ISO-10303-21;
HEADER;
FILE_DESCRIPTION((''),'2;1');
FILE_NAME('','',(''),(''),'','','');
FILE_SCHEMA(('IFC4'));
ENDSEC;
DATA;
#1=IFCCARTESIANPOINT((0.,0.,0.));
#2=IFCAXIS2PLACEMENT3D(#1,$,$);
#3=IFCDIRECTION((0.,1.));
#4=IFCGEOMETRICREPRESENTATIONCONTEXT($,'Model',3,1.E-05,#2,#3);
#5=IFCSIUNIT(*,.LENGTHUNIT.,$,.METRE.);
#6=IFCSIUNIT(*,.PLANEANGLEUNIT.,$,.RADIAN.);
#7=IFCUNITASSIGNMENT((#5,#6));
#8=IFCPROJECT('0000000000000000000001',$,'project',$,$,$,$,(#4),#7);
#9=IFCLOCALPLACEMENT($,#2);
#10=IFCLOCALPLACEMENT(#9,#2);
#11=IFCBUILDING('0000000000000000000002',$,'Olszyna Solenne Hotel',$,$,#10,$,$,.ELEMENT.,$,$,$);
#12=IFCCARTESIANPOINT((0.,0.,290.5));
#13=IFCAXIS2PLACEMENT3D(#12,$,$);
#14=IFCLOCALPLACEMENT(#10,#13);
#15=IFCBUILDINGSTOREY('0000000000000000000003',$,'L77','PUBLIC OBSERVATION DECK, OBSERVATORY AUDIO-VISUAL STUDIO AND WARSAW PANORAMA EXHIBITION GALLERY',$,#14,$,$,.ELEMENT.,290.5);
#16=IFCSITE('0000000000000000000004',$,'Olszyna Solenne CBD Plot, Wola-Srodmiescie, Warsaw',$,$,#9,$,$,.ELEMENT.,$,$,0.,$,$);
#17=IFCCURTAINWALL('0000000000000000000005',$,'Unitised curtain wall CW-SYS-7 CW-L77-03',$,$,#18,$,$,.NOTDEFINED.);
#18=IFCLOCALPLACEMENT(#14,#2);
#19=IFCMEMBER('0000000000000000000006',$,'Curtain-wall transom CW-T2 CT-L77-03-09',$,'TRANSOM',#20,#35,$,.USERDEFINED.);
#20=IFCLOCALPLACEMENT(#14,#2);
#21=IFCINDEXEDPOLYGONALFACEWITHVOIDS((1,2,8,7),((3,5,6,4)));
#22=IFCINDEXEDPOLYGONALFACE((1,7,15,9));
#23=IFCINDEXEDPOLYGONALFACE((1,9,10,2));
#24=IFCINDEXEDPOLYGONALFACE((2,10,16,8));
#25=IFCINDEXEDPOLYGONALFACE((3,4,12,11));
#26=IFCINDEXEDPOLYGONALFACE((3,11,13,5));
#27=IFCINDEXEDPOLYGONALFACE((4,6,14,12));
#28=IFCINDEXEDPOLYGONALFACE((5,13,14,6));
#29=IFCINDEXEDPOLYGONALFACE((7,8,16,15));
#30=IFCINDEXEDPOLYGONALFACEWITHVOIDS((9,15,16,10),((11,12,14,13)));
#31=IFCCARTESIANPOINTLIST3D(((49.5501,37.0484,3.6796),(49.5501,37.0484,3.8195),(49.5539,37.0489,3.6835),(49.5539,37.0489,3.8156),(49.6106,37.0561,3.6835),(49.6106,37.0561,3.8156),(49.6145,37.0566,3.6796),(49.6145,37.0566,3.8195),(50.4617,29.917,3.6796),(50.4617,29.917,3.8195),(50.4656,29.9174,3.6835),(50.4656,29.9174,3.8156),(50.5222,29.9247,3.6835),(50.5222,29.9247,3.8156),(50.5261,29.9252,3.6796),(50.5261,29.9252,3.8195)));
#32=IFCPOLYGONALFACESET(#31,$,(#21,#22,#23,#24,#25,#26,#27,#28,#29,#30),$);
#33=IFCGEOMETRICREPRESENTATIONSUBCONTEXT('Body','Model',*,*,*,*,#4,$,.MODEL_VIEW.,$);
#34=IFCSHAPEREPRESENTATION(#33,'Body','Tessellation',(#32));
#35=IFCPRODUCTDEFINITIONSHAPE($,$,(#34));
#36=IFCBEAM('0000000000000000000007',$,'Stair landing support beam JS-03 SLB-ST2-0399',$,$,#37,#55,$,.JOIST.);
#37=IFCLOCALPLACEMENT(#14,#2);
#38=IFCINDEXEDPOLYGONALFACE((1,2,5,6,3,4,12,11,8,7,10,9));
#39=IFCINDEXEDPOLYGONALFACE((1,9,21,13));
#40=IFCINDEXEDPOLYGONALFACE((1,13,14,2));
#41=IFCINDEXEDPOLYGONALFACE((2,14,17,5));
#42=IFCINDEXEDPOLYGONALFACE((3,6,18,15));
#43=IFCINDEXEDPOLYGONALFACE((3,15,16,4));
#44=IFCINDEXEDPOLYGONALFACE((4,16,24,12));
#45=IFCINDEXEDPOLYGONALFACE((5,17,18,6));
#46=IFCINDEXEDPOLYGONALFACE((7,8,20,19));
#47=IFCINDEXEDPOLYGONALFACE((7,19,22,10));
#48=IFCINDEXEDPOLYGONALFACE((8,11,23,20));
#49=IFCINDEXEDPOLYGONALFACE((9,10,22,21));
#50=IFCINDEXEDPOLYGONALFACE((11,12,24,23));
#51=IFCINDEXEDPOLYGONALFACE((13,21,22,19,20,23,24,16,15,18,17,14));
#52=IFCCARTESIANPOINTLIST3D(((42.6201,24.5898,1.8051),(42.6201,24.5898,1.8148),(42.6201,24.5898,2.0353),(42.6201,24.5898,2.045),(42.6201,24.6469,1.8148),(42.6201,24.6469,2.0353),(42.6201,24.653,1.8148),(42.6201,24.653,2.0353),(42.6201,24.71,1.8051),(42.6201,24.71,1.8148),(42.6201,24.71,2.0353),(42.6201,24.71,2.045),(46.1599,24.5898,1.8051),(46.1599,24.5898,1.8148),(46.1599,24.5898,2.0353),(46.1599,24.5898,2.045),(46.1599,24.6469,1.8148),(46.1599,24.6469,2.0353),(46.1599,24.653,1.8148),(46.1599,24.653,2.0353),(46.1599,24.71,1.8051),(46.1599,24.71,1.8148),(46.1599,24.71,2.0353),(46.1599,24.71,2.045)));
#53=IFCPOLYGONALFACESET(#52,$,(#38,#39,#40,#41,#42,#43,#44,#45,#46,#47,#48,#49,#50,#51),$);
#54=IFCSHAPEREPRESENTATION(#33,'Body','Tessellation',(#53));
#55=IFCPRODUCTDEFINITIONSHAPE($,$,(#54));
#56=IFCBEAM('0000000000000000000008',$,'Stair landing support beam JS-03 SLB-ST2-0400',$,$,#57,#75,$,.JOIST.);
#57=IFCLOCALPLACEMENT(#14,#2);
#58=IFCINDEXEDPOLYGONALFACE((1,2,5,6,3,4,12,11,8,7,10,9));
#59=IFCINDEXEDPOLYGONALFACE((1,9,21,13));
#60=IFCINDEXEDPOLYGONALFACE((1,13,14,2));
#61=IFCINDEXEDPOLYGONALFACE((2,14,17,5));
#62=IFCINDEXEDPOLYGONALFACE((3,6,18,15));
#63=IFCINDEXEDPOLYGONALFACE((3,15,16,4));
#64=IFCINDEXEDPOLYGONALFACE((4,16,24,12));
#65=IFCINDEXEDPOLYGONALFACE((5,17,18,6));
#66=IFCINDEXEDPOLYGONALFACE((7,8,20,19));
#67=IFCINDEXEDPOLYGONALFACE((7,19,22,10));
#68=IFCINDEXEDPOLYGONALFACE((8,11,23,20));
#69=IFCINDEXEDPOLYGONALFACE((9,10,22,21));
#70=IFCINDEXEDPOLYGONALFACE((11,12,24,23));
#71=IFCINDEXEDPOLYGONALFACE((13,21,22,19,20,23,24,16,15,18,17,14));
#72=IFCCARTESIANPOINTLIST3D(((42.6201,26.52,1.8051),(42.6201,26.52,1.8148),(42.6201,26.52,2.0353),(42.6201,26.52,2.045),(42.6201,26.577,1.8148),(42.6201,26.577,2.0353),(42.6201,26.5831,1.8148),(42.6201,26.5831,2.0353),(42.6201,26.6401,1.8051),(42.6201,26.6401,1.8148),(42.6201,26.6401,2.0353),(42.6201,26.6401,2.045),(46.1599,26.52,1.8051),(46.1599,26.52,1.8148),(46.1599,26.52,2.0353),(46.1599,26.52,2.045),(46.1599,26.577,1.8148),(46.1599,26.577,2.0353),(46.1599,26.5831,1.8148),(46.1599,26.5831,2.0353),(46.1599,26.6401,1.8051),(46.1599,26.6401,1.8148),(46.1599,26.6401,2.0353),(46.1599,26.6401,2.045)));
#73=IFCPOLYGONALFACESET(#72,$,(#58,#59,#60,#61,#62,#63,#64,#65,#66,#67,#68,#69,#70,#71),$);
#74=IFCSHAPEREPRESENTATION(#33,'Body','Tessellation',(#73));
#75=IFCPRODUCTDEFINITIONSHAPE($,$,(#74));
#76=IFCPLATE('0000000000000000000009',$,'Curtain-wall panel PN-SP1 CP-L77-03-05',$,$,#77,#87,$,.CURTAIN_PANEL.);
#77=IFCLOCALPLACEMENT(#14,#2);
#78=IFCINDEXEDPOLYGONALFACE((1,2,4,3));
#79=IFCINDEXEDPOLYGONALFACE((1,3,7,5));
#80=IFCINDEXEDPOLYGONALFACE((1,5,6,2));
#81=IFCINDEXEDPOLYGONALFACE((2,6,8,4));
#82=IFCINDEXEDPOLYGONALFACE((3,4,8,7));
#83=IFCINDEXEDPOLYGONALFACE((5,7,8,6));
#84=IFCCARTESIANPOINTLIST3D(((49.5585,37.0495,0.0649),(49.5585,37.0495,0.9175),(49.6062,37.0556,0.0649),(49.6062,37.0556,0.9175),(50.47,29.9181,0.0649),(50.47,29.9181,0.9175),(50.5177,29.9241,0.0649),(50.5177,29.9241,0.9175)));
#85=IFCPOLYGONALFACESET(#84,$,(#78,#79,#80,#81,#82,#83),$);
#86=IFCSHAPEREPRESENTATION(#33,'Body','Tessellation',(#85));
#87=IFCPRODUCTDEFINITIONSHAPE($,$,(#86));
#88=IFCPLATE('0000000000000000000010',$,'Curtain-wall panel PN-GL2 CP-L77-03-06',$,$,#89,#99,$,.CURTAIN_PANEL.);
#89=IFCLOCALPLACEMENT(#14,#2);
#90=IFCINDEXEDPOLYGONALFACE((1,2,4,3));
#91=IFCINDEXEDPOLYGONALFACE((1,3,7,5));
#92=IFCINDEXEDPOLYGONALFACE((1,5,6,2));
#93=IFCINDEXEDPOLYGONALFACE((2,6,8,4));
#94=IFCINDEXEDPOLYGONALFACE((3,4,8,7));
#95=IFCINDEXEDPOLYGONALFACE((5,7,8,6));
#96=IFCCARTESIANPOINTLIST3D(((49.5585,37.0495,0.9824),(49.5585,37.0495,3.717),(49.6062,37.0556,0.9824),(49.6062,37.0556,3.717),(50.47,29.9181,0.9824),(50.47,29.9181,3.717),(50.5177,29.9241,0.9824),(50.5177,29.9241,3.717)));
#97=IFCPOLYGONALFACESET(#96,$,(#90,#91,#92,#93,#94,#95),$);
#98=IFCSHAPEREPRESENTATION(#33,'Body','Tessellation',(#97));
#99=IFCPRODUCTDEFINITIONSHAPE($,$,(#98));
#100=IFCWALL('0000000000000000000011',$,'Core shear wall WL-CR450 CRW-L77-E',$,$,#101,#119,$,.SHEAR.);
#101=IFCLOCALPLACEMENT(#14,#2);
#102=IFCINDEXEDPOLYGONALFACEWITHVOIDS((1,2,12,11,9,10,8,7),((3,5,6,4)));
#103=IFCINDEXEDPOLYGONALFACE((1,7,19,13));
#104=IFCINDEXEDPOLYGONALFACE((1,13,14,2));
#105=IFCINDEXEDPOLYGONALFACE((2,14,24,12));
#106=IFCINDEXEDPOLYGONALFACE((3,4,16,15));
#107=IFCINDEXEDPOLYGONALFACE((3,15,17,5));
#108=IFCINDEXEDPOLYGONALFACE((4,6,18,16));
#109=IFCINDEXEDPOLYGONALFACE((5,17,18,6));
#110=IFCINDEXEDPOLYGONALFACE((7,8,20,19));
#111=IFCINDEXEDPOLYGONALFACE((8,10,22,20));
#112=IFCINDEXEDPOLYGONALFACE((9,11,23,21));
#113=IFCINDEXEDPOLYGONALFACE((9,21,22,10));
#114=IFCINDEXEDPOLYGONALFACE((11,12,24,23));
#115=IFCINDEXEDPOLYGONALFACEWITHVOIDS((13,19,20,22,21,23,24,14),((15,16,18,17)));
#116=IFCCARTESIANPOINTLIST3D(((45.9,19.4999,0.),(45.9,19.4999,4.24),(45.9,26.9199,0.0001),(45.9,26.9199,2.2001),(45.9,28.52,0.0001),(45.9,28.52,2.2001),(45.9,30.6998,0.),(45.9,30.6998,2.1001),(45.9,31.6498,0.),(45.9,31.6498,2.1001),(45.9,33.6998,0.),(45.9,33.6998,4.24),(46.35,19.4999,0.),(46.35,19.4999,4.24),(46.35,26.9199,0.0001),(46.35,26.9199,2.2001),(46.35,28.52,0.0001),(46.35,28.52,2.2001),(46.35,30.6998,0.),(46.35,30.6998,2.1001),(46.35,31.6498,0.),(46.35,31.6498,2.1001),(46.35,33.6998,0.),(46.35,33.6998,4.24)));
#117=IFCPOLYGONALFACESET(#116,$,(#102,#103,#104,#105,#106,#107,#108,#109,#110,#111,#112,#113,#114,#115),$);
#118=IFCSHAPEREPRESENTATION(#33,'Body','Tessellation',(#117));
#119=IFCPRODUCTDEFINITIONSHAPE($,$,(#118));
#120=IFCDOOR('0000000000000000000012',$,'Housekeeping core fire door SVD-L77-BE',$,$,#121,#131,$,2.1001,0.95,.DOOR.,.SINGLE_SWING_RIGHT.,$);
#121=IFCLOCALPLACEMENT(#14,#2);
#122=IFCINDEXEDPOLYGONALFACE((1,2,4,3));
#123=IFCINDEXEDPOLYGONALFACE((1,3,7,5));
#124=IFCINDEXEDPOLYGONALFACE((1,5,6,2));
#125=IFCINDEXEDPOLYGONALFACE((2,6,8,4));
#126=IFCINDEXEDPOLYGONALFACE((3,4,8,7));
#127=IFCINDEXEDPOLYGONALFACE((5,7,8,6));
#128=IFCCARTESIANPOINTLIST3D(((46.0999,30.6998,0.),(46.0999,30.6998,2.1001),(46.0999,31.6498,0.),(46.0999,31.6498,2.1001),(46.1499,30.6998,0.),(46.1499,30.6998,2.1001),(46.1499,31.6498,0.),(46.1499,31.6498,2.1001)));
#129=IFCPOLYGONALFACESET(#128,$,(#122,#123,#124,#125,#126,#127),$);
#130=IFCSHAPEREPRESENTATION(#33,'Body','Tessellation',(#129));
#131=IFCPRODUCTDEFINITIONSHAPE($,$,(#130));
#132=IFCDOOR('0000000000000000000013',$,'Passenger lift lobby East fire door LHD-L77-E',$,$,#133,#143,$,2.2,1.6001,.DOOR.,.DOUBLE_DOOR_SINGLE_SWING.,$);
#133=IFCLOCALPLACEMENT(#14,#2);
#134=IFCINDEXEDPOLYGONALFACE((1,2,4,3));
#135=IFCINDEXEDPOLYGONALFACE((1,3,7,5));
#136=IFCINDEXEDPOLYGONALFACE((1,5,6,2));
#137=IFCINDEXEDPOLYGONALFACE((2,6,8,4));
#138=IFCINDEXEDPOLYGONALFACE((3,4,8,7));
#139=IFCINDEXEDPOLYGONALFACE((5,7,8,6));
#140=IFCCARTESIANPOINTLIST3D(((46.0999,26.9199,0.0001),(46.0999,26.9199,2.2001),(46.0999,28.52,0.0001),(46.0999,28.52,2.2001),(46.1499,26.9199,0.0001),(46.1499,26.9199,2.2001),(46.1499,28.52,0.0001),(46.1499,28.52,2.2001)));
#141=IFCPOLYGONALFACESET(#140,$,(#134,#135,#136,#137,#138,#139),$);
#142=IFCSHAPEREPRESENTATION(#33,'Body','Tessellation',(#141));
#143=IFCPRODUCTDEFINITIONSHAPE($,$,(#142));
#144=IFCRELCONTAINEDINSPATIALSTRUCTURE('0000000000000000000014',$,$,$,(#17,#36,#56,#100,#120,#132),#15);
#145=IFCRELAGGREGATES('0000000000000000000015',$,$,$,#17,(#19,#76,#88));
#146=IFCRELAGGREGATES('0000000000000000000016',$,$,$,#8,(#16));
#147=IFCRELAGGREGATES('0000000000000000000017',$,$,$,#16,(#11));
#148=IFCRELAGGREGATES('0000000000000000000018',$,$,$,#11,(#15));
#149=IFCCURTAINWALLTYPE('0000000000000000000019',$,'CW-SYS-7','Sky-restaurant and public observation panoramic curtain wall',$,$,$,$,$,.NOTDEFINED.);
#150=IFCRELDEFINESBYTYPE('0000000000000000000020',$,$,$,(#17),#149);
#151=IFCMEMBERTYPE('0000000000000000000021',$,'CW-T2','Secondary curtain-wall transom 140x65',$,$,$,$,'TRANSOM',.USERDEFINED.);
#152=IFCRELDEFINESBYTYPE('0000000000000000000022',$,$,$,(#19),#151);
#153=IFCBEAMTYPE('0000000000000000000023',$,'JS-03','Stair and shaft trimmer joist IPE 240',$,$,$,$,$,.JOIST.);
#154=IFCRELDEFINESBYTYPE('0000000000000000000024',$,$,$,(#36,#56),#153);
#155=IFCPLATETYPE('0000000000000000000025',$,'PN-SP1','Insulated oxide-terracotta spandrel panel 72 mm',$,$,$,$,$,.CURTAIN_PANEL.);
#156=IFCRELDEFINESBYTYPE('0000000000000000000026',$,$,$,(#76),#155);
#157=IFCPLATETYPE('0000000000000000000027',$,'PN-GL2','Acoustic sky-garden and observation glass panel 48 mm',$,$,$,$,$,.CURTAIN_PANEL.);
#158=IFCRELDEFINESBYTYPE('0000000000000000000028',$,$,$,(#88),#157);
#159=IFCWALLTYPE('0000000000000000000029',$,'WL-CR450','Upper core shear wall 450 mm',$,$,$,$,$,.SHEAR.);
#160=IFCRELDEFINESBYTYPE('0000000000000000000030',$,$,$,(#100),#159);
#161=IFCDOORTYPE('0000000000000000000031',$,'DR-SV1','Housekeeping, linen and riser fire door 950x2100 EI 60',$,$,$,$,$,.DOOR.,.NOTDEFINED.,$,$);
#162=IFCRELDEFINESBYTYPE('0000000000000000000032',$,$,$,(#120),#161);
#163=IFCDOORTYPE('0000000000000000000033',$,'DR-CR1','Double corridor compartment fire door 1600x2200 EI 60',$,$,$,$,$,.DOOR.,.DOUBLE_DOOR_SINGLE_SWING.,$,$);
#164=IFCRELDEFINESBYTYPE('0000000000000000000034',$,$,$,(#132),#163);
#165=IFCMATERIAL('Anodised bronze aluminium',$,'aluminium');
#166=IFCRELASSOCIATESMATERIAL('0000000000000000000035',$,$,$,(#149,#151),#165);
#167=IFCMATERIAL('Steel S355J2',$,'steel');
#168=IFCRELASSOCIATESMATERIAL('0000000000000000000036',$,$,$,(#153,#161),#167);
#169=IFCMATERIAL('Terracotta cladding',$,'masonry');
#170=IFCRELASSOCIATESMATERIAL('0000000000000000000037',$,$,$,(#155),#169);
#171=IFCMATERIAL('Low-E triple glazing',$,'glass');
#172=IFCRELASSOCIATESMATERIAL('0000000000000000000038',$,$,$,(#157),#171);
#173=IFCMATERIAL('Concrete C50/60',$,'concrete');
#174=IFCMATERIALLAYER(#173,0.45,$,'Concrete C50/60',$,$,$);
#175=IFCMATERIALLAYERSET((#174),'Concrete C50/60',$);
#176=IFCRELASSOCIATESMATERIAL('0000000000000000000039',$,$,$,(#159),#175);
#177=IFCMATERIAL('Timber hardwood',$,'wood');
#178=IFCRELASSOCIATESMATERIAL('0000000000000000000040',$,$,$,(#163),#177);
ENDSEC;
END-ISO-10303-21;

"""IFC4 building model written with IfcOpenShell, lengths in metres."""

from ifc_helpers import new_model, si_unit, direction, frame, frame_2d, origin, origin_2d, place, context, subcontext, project, spatial, rectangle, hollow_rectangle, i_section, extrude, source, transform, mapped, material, layer, layer_set, material_profile, profile_set, type_object, type_shapes, element, fill, aggregate, save


model = new_model("IFC4")

# Units and contexts
model_context = context("Model", 3, precision=1e-05, world=origin(), true_north=direction((0.0, 1.0)))
body_context = subcontext(model_context, "Body", "Model", "MODEL_VIEW")
ifc_project = project(units=[si_unit("LENGTHUNIT", "METRE"), si_unit("PLANEANGLEUNIT", "RADIAN")], contexts=[model_context])

# Site, building, storey
site_placement = place(None, origin())
site = spatial("IfcSite", under=ifc_project, at=site_placement, Name="Olszyna Solenne CBD Plot, Wola-Srodmiescie, Warsaw", CompositionType="ELEMENT", RefElevation=0.0)
building_placement = place(site_placement, origin())
building = spatial("IfcBuilding", under=site, at=building_placement, Name="Olszyna Solenne Hotel", CompositionType="ELEMENT")
storey_placement = place(building_placement, frame((0.0, 0.0, 290.5)))
storey = spatial("IfcBuildingStorey", under=building, at=storey_placement, Name="L77", Description="PUBLIC OBSERVATION DECK, OBSERVATORY AUDIO-VISUAL STUDIO AND WARSAW PANORAMA EXHIBITION GALLERY", CompositionType="ELEMENT", Elevation=290.5)

# Shared definitions
ifc_material_1 = material(Name="Steel S355J2", Category="steel")

# Curtain wall, member
ifc_material_2 = material(Name="Anodised bronze aluminium", Category="aluminium")
curtain_wall_type = type_object("IfcCurtainWallType", Name="CW-SYS-7", Description="Sky-restaurant and public observation panoramic curtain wall", PredefinedType="NOTDEFINED", material=ifc_material_2)
curtain_wall_placement = place(storey_placement, origin())
curtain_wall = element("IfcCurtainWall", 1, at=curtain_wall_placement, inside=storey, type_object=curtain_wall_type, Name="Unitised curtain wall CW-SYS-7 CW-L77-03", PredefinedType="NOTDEFINED")
ifc_material_profile_1 = material_profile(ifc_material_2, hollow_rectangle(XDim=0.0649, YDim=0.1399, WallThickness=0.0039, at=origin_2d()), Name="TRAN 140x65x4", Category="load-bearing")
ifc_profile_set_1 = profile_set([ifc_material_profile_1], Name="Anodised bronze aluminium")
member_type_1 = type_object("IfcMemberType", Name="CW-T2", Description="Secondary curtain-wall transom 140x65", ElementType="TRANSOM", PredefinedType="USERDEFINED", material=ifc_profile_set_1)
shared_shape_1 = source(origin(), body_context, "Body", "SweptSolid", [
    extrude(hollow_rectangle(XDim=0.0649, YDim=0.1399, WallThickness=0.0039, at=origin_2d()), origin(), (0.0, 0.0, 1.0), 7.1895),
])
member_1_placement = place(storey_placement, frame((49.5823, 37.0525, 3.7495), z_axis=(0.126801, -0.991928, 0.0), x_axis=(0.991928, 0.126801, 0.0)))
member_1 = element("IfcMember", 2, at=member_1_placement, type_object=member_type_1, Name="Curtain-wall transom CW-T2 CT-L77-03-09", ObjectType="TRANSOM", PredefinedType="USERDEFINED", context=body_context, shape_type="MappedRepresentation", body=[
    mapped(shared_shape_1, transform((0.0, 0.0, 0.0), x_axis=(1.0, 0.0, 0.0), y_axis=(0.0, 1.0, 0.0), z_axis=(0.0, 0.0, 1.0), scale=1.0)),
])

# Beams
ifc_material_profile_2 = material_profile(ifc_material_1, i_section(OverallWidth=0.1201, OverallDepth=0.24, WebThickness=0.0061, FlangeThickness=0.0098, at=origin_2d()), Name="IPE 240", Category="load-bearing")
ifc_profile_set_2 = profile_set([ifc_material_profile_2], Name="Steel S355J2")
beam_type_1 = type_object("IfcBeamType", Name="JS-03", Description="Stair and shaft trimmer joist IPE 240", PredefinedType="JOIST", material=ifc_profile_set_2)
shared_shape_2 = source(origin(), body_context, "Body", "SweptSolid", [
    extrude(i_section(OverallWidth=0.1201, OverallDepth=0.24, WebThickness=0.0061, FlangeThickness=0.0098, at=origin_2d()), origin(), (0.0, 0.0, 1.0), 3.5398),
])
for number, where, z_axis, x_axis, name in (
    (3, (46.1599, 24.6499, 1.925), (-1.0, 0.0, 0.0), (0.0, -1.0, 0.0), "Stair landing support beam JS-03 SLB-ST2-0399"),
    (4, (46.1599, 26.5801, 1.925), (-1.0, 0.0, 0.0), (0.0, -1.0, 0.0), "Stair landing support beam JS-03 SLB-ST2-0400"),
):
    element("IfcBeam", number, at=place(storey_placement, frame(where, z_axis=z_axis, x_axis=x_axis)), inside=storey, type_object=beam_type_1, Name=name, PredefinedType="JOIST", context=body_context, shape_type="MappedRepresentation", body=[
        mapped(shared_shape_2, transform((0.0, 0.0, 0.0), x_axis=(1.0, 0.0, 0.0), y_axis=(0.0, 1.0, 0.0), z_axis=(0.0, 0.0, 1.0), scale=1.0)),
    ])

# Plates
ifc_material_3 = material(Name="Terracotta cladding", Category="masonry")
plate_type_1 = type_object("IfcPlateType", Name="PN-SP1", Description="Insulated oxide-terracotta spandrel panel 72 mm", PredefinedType="CURTAIN_PANEL", material=ifc_material_3)
shared_shape_3 = source(origin(), body_context, "Body", "SweptSolid", [
    extrude(rectangle(XDim=7.1895, YDim=0.0481, at=origin_2d()), origin(), (0.0, 0.0, 1.0), 0.8525),
])
plate_1_placement = place(storey_placement, frame((50.0381, 33.4868, 0.0649), z_axis=(0.0, 0.0, 1.0), x_axis=(0.12679, -0.99193, 0.0)))
plate_1 = element("IfcPlate", 5, at=plate_1_placement, type_object=plate_type_1, Name="Curtain-wall panel PN-SP1 CP-L77-03-05", PredefinedType="CURTAIN_PANEL", context=body_context, shape_type="MappedRepresentation", body=[
    mapped(shared_shape_3, transform((0.0, 0.0, 0.0), x_axis=(1.0, 0.0, 0.0), y_axis=(0.0, 1.0, 0.0), z_axis=(0.0, 0.0, 1.0), scale=1.0)),
])
ifc_material_4 = material(Name="Low-E triple glazing", Category="glass")
plate_type_2 = type_object("IfcPlateType", Name="PN-GL2", Description="Acoustic sky-garden and observation glass panel 48 mm", PredefinedType="CURTAIN_PANEL", material=ifc_material_4)
shared_shape_4 = source(origin(), body_context, "Body", "SweptSolid", [
    extrude(rectangle(XDim=7.1895, YDim=0.0481, at=origin_2d()), origin(), (0.0, 0.0, 1.0), 2.7346),
])
plate_2_placement = place(storey_placement, frame((50.0381, 33.4868, 0.9824), z_axis=(0.0, 0.0, 1.0), x_axis=(0.12679, -0.99193, 0.0)))
plate_2 = element("IfcPlate", 6, at=plate_2_placement, type_object=plate_type_2, Name="Curtain-wall panel PN-GL2 CP-L77-03-06", PredefinedType="CURTAIN_PANEL", context=body_context, shape_type="MappedRepresentation", body=[
    mapped(shared_shape_4, transform((0.0, 0.0, 0.0), x_axis=(1.0, 0.0, 0.0), y_axis=(0.0, 1.0, 0.0), z_axis=(0.0, 0.0, 1.0), scale=1.0)),
])
aggregate(curtain_wall, [member_1, plate_1, plate_2])

# Wall, openings, doors
ifc_material_5 = material(Name="Concrete C50/60", Category="concrete")
ifc_layer_1 = layer(ifc_material_5, 0.45, Name="Concrete C50/60")
ifc_layer_set_1 = layer_set([ifc_layer_1], Name="Concrete C50/60")
wall_type_1 = type_object("IfcWallType", Name="WL-CR450", Description="Upper core shear wall 450 mm", PredefinedType="SHEAR", material=ifc_layer_set_1)
wall_1_placement = place(storey_placement, frame((46.125, 33.7, 0.0), z_axis=(0.0, 0.0, 1.0), x_axis=(0.0, -1.0, 0.0)))
wall_1 = element("IfcWall", 7, at=wall_1_placement, inside=storey, type_object=wall_type_1, Name="Core shear wall WL-CR450 CRW-L77-E", PredefinedType="SHEAR", context=body_context, shape_type="SweptSolid", body=[
    extrude(rectangle(XDim=14.2, YDim=0.45, at=frame_2d((7.1001, 0.0))), origin(), (0.0, 0.0, 1.0), 4.24),
])
opening_1_placement = place(wall_1_placement, frame((5.1799, 0.0, 0.0)))
opening_1 = element("IfcOpeningElement", 8, at=opening_1_placement, cuts=wall_1, PredefinedType="OPENING", context=body_context, shape_type="SweptSolid", body=[
    extrude(rectangle(XDim=1.6001, YDim=2.2, at=frame_2d((0.8, 1.1001))), frame((0.0, 0.2349, 0.0), z_axis=(0.0, -1.0, 0.0), x_axis=(1.0, 0.0, 0.0)), (0.0, 0.0, 1.0), 0.47),
])
opening_2_placement = place(wall_1_placement, frame((2.05, 0.0, 0.0)))
opening_2 = element("IfcOpeningElement", 9, at=opening_2_placement, cuts=wall_1, PredefinedType="OPENING", context=body_context, shape_type="SweptSolid", body=[
    extrude(rectangle(XDim=0.95, YDim=2.1001, at=frame_2d((0.4751, 1.05))), frame((0.0, 0.2349, 0.0), z_axis=(0.0, -1.0, 0.0), x_axis=(1.0, 0.0, 0.0)), (0.0, 0.0, 1.0), 0.47),
])
door_type_1 = type_object("IfcDoorType", Name="DR-SV1", Description="Housekeeping, linen and riser fire door 950x2100 EI 60", OperationType="NOTDEFINED", PredefinedType="DOOR", material=ifc_material_1)
shared_shape_5 = source(origin(), body_context, "Body", "SweptSolid", [
    extrude(rectangle(XDim=0.95, YDim=2.1001, at=frame_2d((0.4751, 1.05))), frame((0.0, 0.0249, 0.0), z_axis=(0.0, -1.0, 0.0), x_axis=(1.0, 0.0, 0.0)), (0.0, 0.0, 1.0), 0.05),
])
type_shapes(door_type_1, [shared_shape_5])
door_1_placement = place(opening_2_placement, origin())
door_1 = element("IfcDoor", 10, at=door_1_placement, inside=storey, type_object=door_type_1, Name="Housekeeping core fire door SVD-L77-BE", OperationType="SINGLE_SWING_RIGHT", OverallHeight=2.1001, OverallWidth=0.95, PredefinedType="DOOR", context=body_context, shape_type="MappedRepresentation", body=[
    mapped(shared_shape_5, transform((0.0, 0.0, 0.0), x_axis=(1.0, 0.0, 0.0), y_axis=(0.0, 1.0, 0.0), z_axis=(0.0, 0.0, 1.0), scale=1.0)),
])
fill(opening_2, door_1)
ifc_material_6 = material(Name="Timber hardwood", Category="wood")
door_type_2 = type_object("IfcDoorType", Name="DR-CR1", Description="Double corridor compartment fire door 1600x2200 EI 60", OperationType="DOUBLE_DOOR_SINGLE_SWING", PredefinedType="DOOR", material=ifc_material_6)
shared_shape_6 = source(origin(), body_context, "Body", "SweptSolid", [
    extrude(rectangle(XDim=1.6001, YDim=2.2, at=frame_2d((0.8, 1.1001))), frame((0.0, 0.0249, 0.0), z_axis=(0.0, -1.0, 0.0), x_axis=(1.0, 0.0, 0.0)), (0.0, 0.0, 1.0), 0.05),
])
type_shapes(door_type_2, [shared_shape_6])
door_2_placement = place(opening_1_placement, origin())
door_2 = element("IfcDoor", 11, at=door_2_placement, inside=storey, type_object=door_type_2, Name="Passenger lift lobby East fire door LHD-L77-E", OperationType="DOUBLE_DOOR_SINGLE_SWING", OverallHeight=2.2, OverallWidth=1.6001, PredefinedType="DOOR", context=body_context, shape_type="MappedRepresentation", body=[
    mapped(shared_shape_6, transform((0.0, 0.0, 0.0), x_axis=(1.0, 0.0, 0.0), y_axis=(0.0, 1.0, 0.0), z_axis=(0.0, 0.0, 1.0), scale=1.0)),
])
fill(opening_1, door_2)

save(model, "model.ifc")
